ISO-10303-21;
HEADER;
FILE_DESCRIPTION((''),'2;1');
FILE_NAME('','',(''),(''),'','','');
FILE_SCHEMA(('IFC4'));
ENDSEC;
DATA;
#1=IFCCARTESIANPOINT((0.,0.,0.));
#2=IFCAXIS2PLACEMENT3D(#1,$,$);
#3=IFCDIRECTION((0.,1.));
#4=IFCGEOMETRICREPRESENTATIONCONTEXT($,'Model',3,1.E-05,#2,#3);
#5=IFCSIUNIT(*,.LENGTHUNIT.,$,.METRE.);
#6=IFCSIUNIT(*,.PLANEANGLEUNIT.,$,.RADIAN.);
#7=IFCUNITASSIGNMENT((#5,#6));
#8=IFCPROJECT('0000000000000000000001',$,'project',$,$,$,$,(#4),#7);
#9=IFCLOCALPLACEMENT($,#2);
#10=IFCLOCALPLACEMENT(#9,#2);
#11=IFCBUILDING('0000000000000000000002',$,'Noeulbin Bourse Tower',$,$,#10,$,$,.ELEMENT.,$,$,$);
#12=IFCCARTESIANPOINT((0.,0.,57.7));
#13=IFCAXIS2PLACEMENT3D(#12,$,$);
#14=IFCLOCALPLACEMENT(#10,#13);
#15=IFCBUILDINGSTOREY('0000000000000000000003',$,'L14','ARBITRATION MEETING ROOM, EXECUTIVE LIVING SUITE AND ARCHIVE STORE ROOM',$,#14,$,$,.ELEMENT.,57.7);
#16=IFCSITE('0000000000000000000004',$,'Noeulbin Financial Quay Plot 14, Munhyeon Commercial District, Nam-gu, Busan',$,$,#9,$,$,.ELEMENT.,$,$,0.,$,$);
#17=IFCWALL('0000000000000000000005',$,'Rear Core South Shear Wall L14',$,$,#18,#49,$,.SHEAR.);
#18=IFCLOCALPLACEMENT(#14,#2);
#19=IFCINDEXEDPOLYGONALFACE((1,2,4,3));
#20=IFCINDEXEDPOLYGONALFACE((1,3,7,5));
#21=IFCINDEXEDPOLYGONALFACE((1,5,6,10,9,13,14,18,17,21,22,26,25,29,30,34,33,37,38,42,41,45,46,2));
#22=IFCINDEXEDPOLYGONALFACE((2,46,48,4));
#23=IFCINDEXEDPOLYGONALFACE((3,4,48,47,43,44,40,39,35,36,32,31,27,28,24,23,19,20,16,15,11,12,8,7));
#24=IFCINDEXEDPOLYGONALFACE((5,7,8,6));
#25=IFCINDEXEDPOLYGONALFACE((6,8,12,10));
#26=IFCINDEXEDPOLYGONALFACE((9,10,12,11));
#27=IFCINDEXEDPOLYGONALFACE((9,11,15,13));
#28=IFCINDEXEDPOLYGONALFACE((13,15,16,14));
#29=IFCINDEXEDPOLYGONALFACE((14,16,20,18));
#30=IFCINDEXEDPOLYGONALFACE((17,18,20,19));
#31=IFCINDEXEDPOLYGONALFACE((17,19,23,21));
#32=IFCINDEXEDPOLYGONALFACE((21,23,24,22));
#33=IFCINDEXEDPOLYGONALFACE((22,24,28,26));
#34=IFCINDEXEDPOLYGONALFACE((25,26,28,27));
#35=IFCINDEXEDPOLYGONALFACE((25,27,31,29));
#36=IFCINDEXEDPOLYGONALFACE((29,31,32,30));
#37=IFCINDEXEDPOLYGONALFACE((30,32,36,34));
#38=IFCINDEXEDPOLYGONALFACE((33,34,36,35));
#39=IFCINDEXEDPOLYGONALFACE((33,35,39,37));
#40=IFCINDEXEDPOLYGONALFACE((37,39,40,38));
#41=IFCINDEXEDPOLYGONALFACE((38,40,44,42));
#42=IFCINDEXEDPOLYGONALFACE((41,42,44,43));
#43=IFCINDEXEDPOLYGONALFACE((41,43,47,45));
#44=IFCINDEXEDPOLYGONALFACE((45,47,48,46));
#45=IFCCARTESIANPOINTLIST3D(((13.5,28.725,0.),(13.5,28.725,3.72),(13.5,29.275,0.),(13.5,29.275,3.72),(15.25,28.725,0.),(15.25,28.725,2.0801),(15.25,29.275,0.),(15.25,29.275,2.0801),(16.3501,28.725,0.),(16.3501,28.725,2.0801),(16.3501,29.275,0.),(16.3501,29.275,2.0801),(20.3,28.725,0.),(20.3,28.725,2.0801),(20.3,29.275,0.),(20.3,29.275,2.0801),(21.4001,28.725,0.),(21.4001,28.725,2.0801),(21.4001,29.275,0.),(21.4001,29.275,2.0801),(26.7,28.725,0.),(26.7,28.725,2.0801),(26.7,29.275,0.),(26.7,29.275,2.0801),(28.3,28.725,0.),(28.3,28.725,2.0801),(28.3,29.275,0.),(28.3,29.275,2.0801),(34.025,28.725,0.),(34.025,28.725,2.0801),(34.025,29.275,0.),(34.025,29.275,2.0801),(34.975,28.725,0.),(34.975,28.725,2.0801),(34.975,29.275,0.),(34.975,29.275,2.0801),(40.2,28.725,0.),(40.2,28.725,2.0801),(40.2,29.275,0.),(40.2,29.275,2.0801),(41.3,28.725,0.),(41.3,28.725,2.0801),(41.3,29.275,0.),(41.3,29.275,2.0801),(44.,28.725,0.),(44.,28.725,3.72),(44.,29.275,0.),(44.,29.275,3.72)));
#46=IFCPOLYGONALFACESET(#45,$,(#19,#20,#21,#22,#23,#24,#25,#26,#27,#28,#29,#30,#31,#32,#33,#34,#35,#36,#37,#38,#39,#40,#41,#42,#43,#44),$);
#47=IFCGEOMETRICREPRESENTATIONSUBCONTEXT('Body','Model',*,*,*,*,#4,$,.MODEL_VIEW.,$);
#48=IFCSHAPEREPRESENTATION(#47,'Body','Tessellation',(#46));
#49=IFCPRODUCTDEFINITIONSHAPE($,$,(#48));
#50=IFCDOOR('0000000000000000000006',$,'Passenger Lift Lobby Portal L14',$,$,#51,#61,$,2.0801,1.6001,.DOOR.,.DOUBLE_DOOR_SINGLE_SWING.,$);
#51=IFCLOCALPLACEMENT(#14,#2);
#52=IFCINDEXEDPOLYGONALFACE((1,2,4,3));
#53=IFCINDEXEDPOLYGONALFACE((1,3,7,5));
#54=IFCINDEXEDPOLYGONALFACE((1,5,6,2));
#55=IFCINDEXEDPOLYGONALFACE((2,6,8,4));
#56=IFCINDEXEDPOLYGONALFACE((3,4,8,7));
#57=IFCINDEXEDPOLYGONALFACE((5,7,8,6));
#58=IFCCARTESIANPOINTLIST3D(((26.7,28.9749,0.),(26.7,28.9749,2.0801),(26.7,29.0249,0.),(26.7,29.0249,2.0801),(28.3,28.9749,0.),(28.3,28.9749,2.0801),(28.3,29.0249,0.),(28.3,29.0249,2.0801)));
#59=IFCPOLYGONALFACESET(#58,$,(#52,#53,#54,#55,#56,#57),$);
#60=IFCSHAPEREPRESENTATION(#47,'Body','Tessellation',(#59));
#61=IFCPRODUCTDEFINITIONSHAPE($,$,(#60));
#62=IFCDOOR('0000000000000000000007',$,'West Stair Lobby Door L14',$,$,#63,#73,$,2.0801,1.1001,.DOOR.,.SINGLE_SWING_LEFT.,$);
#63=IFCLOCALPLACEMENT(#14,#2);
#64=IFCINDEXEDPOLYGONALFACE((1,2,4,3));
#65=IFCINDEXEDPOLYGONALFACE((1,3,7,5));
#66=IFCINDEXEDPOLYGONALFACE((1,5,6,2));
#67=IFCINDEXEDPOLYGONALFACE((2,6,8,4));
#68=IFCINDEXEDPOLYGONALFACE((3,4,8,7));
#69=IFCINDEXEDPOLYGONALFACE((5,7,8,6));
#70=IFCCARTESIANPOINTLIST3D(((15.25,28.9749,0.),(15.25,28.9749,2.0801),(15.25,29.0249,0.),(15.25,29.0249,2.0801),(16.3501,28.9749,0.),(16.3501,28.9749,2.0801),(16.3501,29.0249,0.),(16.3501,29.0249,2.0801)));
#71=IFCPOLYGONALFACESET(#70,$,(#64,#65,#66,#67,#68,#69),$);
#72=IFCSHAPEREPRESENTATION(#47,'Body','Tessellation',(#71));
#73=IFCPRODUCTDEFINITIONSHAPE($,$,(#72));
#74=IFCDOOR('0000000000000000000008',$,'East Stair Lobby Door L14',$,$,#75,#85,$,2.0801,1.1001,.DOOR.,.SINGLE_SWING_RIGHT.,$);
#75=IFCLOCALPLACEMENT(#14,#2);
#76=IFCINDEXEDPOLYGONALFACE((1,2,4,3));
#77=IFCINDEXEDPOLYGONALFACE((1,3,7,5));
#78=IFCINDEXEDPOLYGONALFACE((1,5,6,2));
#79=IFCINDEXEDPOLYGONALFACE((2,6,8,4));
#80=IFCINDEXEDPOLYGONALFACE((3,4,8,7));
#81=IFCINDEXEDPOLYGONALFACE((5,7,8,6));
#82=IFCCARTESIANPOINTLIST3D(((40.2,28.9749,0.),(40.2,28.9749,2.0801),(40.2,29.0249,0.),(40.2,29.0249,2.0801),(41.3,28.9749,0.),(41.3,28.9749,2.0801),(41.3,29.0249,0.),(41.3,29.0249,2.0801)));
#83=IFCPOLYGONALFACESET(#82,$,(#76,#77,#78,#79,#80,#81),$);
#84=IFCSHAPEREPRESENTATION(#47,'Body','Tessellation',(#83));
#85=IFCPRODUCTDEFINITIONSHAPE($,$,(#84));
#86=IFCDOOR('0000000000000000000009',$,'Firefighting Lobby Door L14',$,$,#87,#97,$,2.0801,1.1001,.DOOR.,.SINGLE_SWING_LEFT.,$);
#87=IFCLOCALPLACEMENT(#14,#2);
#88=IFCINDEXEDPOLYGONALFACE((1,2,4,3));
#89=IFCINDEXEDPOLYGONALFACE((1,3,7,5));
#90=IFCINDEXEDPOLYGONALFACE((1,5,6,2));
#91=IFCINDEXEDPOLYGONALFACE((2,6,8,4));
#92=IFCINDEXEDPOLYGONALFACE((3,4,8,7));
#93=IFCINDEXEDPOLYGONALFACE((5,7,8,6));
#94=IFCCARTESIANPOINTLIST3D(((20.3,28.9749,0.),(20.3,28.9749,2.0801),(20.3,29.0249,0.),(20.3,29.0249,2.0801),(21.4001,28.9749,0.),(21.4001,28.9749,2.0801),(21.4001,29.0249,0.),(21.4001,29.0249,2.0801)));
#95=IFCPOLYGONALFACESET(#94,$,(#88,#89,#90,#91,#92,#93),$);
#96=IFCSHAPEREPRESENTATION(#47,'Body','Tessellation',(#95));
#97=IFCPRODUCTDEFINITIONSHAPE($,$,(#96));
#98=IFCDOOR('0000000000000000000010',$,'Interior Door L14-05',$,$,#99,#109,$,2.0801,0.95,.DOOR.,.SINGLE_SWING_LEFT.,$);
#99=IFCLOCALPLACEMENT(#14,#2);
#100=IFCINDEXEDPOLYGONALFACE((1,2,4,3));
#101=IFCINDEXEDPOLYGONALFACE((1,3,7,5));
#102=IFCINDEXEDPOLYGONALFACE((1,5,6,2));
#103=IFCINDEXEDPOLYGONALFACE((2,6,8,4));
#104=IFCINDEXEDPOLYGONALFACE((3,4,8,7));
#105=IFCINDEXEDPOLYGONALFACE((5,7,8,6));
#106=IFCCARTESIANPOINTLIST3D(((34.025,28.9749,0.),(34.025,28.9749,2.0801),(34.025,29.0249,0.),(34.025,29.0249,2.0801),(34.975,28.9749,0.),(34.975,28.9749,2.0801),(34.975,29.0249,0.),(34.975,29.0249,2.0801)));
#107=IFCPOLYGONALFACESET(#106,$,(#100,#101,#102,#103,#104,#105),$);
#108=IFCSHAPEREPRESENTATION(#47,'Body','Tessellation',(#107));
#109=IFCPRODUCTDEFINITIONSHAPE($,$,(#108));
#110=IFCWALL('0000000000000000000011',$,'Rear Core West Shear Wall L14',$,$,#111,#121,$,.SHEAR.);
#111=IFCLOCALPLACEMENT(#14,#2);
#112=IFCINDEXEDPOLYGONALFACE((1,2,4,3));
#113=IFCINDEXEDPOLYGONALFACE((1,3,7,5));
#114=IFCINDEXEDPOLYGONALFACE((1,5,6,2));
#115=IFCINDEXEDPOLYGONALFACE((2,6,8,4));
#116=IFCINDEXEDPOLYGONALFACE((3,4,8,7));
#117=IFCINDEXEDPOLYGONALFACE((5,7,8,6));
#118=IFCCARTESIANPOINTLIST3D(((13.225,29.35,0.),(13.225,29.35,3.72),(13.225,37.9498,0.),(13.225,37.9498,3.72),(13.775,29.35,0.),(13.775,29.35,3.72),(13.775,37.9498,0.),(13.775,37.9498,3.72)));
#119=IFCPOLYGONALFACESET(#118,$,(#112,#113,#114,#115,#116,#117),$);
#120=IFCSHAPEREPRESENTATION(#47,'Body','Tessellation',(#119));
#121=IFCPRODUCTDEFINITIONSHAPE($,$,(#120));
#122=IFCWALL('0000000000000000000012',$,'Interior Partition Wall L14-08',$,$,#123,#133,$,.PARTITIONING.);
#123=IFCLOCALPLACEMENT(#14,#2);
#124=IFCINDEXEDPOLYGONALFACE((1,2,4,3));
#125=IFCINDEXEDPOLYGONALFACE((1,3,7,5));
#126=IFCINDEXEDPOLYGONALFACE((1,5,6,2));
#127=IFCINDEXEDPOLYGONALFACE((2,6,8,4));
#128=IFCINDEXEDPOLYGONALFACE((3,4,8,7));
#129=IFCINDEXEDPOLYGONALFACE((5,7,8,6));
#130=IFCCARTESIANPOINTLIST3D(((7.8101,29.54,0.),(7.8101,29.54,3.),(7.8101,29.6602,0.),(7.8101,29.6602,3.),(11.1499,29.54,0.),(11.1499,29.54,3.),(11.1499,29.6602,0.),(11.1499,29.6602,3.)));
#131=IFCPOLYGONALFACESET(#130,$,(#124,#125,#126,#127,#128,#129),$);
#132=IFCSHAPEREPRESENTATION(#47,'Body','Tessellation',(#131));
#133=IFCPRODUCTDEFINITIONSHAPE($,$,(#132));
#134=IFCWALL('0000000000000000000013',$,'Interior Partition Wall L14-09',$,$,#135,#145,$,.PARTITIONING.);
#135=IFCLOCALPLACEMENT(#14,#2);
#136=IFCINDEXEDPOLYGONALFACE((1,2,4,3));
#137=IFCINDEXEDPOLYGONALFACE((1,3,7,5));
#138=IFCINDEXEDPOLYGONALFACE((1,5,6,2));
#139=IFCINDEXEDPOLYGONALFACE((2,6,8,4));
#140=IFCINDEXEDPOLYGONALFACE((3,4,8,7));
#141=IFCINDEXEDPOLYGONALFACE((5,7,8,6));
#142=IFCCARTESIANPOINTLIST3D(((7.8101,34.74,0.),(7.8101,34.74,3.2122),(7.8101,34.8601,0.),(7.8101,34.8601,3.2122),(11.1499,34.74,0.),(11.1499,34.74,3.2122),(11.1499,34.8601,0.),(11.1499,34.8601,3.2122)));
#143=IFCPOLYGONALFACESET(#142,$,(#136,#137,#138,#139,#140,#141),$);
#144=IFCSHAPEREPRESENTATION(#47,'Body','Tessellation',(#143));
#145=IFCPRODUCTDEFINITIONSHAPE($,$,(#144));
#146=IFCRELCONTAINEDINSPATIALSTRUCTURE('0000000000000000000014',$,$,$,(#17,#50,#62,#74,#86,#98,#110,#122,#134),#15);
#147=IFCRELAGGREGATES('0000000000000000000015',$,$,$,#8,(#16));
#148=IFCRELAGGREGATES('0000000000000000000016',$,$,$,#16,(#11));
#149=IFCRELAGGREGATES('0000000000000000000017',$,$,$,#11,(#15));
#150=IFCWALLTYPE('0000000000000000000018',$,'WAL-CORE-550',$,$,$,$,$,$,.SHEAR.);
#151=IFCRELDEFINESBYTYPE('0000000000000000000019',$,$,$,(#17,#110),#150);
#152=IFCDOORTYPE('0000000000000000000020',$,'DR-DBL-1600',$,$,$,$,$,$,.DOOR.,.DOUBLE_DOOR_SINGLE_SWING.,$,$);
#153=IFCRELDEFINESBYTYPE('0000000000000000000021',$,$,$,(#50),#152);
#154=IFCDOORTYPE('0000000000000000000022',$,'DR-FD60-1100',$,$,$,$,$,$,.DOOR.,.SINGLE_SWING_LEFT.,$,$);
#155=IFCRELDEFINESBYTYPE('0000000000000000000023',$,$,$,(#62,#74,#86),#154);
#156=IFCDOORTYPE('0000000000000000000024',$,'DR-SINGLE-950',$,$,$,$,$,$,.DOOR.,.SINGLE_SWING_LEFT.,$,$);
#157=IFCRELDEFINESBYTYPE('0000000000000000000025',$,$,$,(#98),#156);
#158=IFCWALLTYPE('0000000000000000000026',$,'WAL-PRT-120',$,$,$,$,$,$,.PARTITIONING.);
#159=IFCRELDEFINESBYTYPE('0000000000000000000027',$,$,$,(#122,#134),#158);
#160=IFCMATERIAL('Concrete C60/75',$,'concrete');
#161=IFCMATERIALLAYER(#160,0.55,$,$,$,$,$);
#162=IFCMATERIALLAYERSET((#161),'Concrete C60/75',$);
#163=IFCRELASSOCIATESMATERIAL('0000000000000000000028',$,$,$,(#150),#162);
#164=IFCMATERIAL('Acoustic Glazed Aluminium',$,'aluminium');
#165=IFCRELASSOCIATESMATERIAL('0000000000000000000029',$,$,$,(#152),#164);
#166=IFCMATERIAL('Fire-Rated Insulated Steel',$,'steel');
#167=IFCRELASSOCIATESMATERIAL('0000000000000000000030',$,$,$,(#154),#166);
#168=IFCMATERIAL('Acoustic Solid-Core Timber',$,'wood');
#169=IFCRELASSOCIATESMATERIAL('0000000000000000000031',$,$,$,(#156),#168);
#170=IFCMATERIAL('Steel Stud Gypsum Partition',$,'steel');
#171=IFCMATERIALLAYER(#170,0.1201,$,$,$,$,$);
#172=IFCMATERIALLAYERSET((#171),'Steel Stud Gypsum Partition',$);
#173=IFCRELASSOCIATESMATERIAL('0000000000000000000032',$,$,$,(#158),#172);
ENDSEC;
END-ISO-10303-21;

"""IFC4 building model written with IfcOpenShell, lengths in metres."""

from ifc_helpers import new_model, si_unit, direction, frame, frame_2d, origin, place, context, subcontext, project, spatial, rectangle, extrude, material, layer, layer_set, type_object, element, fill, save


model = new_model("IFC4")

# Units and contexts
model_context = context("Model", 3, precision=1e-05, world=origin(), true_north=direction((0.0, 1.0)))
body_context = subcontext(model_context, "Body", "Model", "MODEL_VIEW")
ifc_project = project(units=[si_unit("LENGTHUNIT", "METRE"), si_unit("PLANEANGLEUNIT", "RADIAN")], contexts=[model_context])

# Site, building, storey
site_placement = place(None, origin())
site = spatial("IfcSite", under=ifc_project, at=site_placement, Name="Noeulbin Financial Quay Plot 14, Munhyeon Commercial District, Nam-gu, Busan", CompositionType="ELEMENT", RefElevation=0.0)
building_placement = place(site_placement, origin())
building = spatial("IfcBuilding", under=site, at=building_placement, Name="Noeulbin Bourse Tower", CompositionType="ELEMENT")
storey_placement = place(building_placement, frame((0.0, 0.0, 57.7)))
storey = spatial("IfcBuildingStorey", under=building, at=storey_placement, Name="L14", Description="ARBITRATION MEETING ROOM, EXECUTIVE LIVING SUITE AND ARCHIVE STORE ROOM", CompositionType="ELEMENT", Elevation=57.7)

# Wall, openings, doors
ifc_material_1 = material(Name="Concrete C60/75", Category="concrete")
ifc_layer_1 = layer(ifc_material_1, 0.55)
ifc_layer_set_1 = layer_set([ifc_layer_1], Name="Concrete C60/75")
wall_type_1 = type_object("IfcWallType", Name="WAL-CORE-550", PredefinedType="SHEAR", material=ifc_layer_set_1)
wall_1_placement = place(storey_placement, frame((13.5, 29.0, 0.0), z_axis=(0.0, 0.0, 1.0), x_axis=(1.0, 0.0, 0.0)))
wall_1 = element("IfcWall", 1, at=wall_1_placement, inside=storey, type_object=wall_type_1, Name="Rear Core South Shear Wall L14", PredefinedType="SHEAR", context=body_context, shape_type="SweptSolid", body=[
    extrude(rectangle(XDim=30.5, YDim=0.55, at=frame_2d((15.25, 0.0))), origin(), (0.0, 0.0, 1.0), 3.72),
])
opening_1_placement = place(wall_1_placement, frame((1.75, 0.0, 0.0)))
opening_1 = element("IfcOpeningElement", 2, at=opening_1_placement, cuts=wall_1, PredefinedType="OPENING", context=body_context, shape_type="SweptSolid", body=[
    extrude(rectangle(XDim=1.1001, YDim=2.0801, at=frame_2d((0.55, 1.04))), frame((0.0, 0.2849, 0.0), z_axis=(0.0, -1.0, 0.0), x_axis=(1.0, 0.0, 0.0)), (0.0, 0.0, 1.0), 0.5701),
])
opening_2_placement = place(wall_1_placement, frame((26.7, 0.0, 0.0)))
opening_2 = element("IfcOpeningElement", 3, at=opening_2_placement, cuts=wall_1, PredefinedType="OPENING", context=body_context, shape_type="SweptSolid", body=[
    extrude(rectangle(XDim=1.1001, YDim=2.0801, at=frame_2d((0.55, 1.04))), frame((0.0, 0.2849, 0.0), z_axis=(0.0, -1.0, 0.0), x_axis=(1.0, 0.0, 0.0)), (0.0, 0.0, 1.0), 0.5701),
])
opening_3_placement = place(wall_1_placement, frame((6.8, 0.0, 0.0)))
opening_3 = element("IfcOpeningElement", 4, at=opening_3_placement, cuts=wall_1, PredefinedType="OPENING", context=body_context, shape_type="SweptSolid", body=[
    extrude(rectangle(XDim=1.1001, YDim=2.0801, at=frame_2d((0.55, 1.04))), frame((0.0, 0.2849, 0.0), z_axis=(0.0, -1.0, 0.0), x_axis=(1.0, 0.0, 0.0)), (0.0, 0.0, 1.0), 0.5701),
])
opening_4_placement = place(wall_1_placement, frame((13.2, 0.0, 0.0)))
opening_4 = element("IfcOpeningElement", 5, at=opening_4_placement, cuts=wall_1, PredefinedType="OPENING", context=body_context, shape_type="SweptSolid", body=[
    extrude(rectangle(XDim=1.6001, YDim=2.0801, at=frame_2d((0.8, 1.04))), frame((0.0, 0.2849, 0.0), z_axis=(0.0, -1.0, 0.0), x_axis=(1.0, 0.0, 0.0)), (0.0, 0.0, 1.0), 0.5701),
])
opening_5_placement = place(wall_1_placement, frame((20.5249, 0.0, 0.0)))
opening_5 = element("IfcOpeningElement", 6, at=opening_5_placement, cuts=wall_1, PredefinedType="OPENING", context=body_context, shape_type="SweptSolid", body=[
    extrude(rectangle(XDim=0.95, YDim=2.0801, at=frame_2d((0.4751, 1.04))), frame((0.0, 0.2849, 0.0), z_axis=(0.0, -1.0, 0.0), x_axis=(1.0, 0.0, 0.0)), (0.0, 0.0, 1.0), 0.5701),
])
ifc_material_2 = material(Name="Acoustic Glazed Aluminium", Category="aluminium")
door_type_1 = type_object("IfcDoorType", Name="DR-DBL-1600", OperationType="DOUBLE_DOOR_SINGLE_SWING", PredefinedType="DOOR", material=ifc_material_2)
door_1_placement = place(opening_4_placement, origin())
door_1 = element("IfcDoor", 7, at=door_1_placement, inside=storey, type_object=door_type_1, Name="Passenger Lift Lobby Portal L14", OperationType="DOUBLE_DOOR_SINGLE_SWING", OverallHeight=2.0801, OverallWidth=1.6001, PredefinedType="DOOR", context=body_context, shape_type="SweptSolid", body=[
    extrude(rectangle(XDim=1.6001, YDim=2.0801, at=frame_2d((0.8, 1.04))), frame((0.0, 0.0249, 0.0), z_axis=(0.0, -1.0, 0.0), x_axis=(1.0, 0.0, 0.0)), (0.0, 0.0, 1.0), 0.05),
])
fill(opening_4, door_1)
ifc_material_3 = material(Name="Fire-Rated Insulated Steel", Category="steel")
door_type_2 = type_object("IfcDoorType", Name="DR-FD60-1100", OperationType="SINGLE_SWING_LEFT", PredefinedType="DOOR", material=ifc_material_3)
door_2_placement = place(opening_1_placement, origin())
door_2 = element("IfcDoor", 8, at=door_2_placement, inside=storey, type_object=door_type_2, Name="West Stair Lobby Door L14", OperationType="SINGLE_SWING_LEFT", OverallHeight=2.0801, OverallWidth=1.1001, PredefinedType="DOOR", context=body_context, shape_type="SweptSolid", body=[
    extrude(rectangle(XDim=1.1001, YDim=2.0801, at=frame_2d((0.55, 1.04))), frame((0.0, 0.0249, 0.0), z_axis=(0.0, -1.0, 0.0), x_axis=(1.0, 0.0, 0.0)), (0.0, 0.0, 1.0), 0.05),
])
fill(opening_1, door_2)
door_3_placement = place(opening_2_placement, origin())
door_3 = element("IfcDoor", 9, at=door_3_placement, inside=storey, type_object=door_type_2, Name="East Stair Lobby Door L14", OperationType="SINGLE_SWING_RIGHT", OverallHeight=2.0801, OverallWidth=1.1001, PredefinedType="DOOR", context=body_context, shape_type="SweptSolid", body=[
    extrude(rectangle(XDim=1.1001, YDim=2.0801, at=frame_2d((0.55, 1.04))), frame((0.0, 0.0249, 0.0), z_axis=(0.0, -1.0, 0.0), x_axis=(1.0, 0.0, 0.0)), (0.0, 0.0, 1.0), 0.05),
])
fill(opening_2, door_3)
door_4_placement = place(opening_3_placement, origin())
door_4 = element("IfcDoor", 10, at=door_4_placement, inside=storey, type_object=door_type_2, Name="Firefighting Lobby Door L14", OperationType="SINGLE_SWING_LEFT", OverallHeight=2.0801, OverallWidth=1.1001, PredefinedType="DOOR", context=body_context, shape_type="SweptSolid", body=[
    extrude(rectangle(XDim=1.1001, YDim=2.0801, at=frame_2d((0.55, 1.04))), frame((0.0, 0.0249, 0.0), z_axis=(0.0, -1.0, 0.0), x_axis=(1.0, 0.0, 0.0)), (0.0, 0.0, 1.0), 0.05),
])
fill(opening_3, door_4)
ifc_material_4 = material(Name="Acoustic Solid-Core Timber", Category="wood")
door_type_3 = type_object("IfcDoorType", Name="DR-SINGLE-950", OperationType="SINGLE_SWING_LEFT", PredefinedType="DOOR", material=ifc_material_4)
door_5_placement = place(opening_5_placement, origin())
door_5 = element("IfcDoor", 11, at=door_5_placement, inside=storey, type_object=door_type_3, Name="Interior Door L14-05", OperationType="SINGLE_SWING_LEFT", OverallHeight=2.0801, OverallWidth=0.95, PredefinedType="DOOR", context=body_context, shape_type="SweptSolid", body=[
    extrude(rectangle(XDim=0.95, YDim=2.0801, at=frame_2d((0.4751, 1.04))), frame((0.0, 0.0249, 0.0), z_axis=(0.0, -1.0, 0.0), x_axis=(1.0, 0.0, 0.0)), (0.0, 0.0, 1.0), 0.05),
])
fill(opening_5, door_5)

# Walls
wall_2_placement = place(storey_placement, frame((13.5, 29.3501, 0.0), z_axis=(0.0, 0.0, 1.0), x_axis=(0.0, 1.0, 0.0)))
element("IfcWall", 12, at=wall_2_placement, inside=storey, type_object=wall_type_1, Name="Rear Core West Shear Wall L14", PredefinedType="SHEAR", context=body_context, shape_type="SweptSolid", body=[
    extrude(rectangle(XDim=8.5999, YDim=0.55, at=frame_2d((4.2998, 0.0))), origin(), (0.0, 0.0, 1.0), 3.72),
])
ifc_material_5 = material(Name="Steel Stud Gypsum Partition", Category="steel")
ifc_layer_2 = layer(ifc_material_5, 0.1201)
ifc_layer_set_2 = layer_set([ifc_layer_2], Name="Steel Stud Gypsum Partition")
wall_type_2 = type_object("IfcWallType", Name="WAL-PRT-120", PredefinedType="PARTITIONING", material=ifc_layer_set_2)
wall_3_placement = place(storey_placement, frame((7.8101, 29.6001, 0.0), z_axis=(0.0, 0.0, 1.0), x_axis=(1.0, 0.0, 0.0)))
element("IfcWall", 13, at=wall_3_placement, inside=storey, type_object=wall_type_2, Name="Interior Partition Wall L14-08", PredefinedType="PARTITIONING", context=body_context, shape_type="SweptSolid", body=[
    extrude(rectangle(XDim=3.3398, YDim=0.1201, at=frame_2d((1.6699, 0.0))), origin(), (0.0, 0.0, 1.0), 3.0),
])
wall_4_placement = place(storey_placement, frame((7.8101, 34.8, 0.0), z_axis=(0.0, 0.0, 1.0), x_axis=(1.0, 0.0, 0.0)))
element("IfcWall", 14, at=wall_4_placement, inside=storey, type_object=wall_type_2, Name="Interior Partition Wall L14-09", PredefinedType="PARTITIONING", context=body_context, shape_type="SweptSolid", body=[
    extrude(rectangle(XDim=3.3398, YDim=0.1201, at=frame_2d((1.6699, 0.0))), origin(), (0.0, 0.0, 1.0), 3.2122),
])

save(model, "model.ifc")
